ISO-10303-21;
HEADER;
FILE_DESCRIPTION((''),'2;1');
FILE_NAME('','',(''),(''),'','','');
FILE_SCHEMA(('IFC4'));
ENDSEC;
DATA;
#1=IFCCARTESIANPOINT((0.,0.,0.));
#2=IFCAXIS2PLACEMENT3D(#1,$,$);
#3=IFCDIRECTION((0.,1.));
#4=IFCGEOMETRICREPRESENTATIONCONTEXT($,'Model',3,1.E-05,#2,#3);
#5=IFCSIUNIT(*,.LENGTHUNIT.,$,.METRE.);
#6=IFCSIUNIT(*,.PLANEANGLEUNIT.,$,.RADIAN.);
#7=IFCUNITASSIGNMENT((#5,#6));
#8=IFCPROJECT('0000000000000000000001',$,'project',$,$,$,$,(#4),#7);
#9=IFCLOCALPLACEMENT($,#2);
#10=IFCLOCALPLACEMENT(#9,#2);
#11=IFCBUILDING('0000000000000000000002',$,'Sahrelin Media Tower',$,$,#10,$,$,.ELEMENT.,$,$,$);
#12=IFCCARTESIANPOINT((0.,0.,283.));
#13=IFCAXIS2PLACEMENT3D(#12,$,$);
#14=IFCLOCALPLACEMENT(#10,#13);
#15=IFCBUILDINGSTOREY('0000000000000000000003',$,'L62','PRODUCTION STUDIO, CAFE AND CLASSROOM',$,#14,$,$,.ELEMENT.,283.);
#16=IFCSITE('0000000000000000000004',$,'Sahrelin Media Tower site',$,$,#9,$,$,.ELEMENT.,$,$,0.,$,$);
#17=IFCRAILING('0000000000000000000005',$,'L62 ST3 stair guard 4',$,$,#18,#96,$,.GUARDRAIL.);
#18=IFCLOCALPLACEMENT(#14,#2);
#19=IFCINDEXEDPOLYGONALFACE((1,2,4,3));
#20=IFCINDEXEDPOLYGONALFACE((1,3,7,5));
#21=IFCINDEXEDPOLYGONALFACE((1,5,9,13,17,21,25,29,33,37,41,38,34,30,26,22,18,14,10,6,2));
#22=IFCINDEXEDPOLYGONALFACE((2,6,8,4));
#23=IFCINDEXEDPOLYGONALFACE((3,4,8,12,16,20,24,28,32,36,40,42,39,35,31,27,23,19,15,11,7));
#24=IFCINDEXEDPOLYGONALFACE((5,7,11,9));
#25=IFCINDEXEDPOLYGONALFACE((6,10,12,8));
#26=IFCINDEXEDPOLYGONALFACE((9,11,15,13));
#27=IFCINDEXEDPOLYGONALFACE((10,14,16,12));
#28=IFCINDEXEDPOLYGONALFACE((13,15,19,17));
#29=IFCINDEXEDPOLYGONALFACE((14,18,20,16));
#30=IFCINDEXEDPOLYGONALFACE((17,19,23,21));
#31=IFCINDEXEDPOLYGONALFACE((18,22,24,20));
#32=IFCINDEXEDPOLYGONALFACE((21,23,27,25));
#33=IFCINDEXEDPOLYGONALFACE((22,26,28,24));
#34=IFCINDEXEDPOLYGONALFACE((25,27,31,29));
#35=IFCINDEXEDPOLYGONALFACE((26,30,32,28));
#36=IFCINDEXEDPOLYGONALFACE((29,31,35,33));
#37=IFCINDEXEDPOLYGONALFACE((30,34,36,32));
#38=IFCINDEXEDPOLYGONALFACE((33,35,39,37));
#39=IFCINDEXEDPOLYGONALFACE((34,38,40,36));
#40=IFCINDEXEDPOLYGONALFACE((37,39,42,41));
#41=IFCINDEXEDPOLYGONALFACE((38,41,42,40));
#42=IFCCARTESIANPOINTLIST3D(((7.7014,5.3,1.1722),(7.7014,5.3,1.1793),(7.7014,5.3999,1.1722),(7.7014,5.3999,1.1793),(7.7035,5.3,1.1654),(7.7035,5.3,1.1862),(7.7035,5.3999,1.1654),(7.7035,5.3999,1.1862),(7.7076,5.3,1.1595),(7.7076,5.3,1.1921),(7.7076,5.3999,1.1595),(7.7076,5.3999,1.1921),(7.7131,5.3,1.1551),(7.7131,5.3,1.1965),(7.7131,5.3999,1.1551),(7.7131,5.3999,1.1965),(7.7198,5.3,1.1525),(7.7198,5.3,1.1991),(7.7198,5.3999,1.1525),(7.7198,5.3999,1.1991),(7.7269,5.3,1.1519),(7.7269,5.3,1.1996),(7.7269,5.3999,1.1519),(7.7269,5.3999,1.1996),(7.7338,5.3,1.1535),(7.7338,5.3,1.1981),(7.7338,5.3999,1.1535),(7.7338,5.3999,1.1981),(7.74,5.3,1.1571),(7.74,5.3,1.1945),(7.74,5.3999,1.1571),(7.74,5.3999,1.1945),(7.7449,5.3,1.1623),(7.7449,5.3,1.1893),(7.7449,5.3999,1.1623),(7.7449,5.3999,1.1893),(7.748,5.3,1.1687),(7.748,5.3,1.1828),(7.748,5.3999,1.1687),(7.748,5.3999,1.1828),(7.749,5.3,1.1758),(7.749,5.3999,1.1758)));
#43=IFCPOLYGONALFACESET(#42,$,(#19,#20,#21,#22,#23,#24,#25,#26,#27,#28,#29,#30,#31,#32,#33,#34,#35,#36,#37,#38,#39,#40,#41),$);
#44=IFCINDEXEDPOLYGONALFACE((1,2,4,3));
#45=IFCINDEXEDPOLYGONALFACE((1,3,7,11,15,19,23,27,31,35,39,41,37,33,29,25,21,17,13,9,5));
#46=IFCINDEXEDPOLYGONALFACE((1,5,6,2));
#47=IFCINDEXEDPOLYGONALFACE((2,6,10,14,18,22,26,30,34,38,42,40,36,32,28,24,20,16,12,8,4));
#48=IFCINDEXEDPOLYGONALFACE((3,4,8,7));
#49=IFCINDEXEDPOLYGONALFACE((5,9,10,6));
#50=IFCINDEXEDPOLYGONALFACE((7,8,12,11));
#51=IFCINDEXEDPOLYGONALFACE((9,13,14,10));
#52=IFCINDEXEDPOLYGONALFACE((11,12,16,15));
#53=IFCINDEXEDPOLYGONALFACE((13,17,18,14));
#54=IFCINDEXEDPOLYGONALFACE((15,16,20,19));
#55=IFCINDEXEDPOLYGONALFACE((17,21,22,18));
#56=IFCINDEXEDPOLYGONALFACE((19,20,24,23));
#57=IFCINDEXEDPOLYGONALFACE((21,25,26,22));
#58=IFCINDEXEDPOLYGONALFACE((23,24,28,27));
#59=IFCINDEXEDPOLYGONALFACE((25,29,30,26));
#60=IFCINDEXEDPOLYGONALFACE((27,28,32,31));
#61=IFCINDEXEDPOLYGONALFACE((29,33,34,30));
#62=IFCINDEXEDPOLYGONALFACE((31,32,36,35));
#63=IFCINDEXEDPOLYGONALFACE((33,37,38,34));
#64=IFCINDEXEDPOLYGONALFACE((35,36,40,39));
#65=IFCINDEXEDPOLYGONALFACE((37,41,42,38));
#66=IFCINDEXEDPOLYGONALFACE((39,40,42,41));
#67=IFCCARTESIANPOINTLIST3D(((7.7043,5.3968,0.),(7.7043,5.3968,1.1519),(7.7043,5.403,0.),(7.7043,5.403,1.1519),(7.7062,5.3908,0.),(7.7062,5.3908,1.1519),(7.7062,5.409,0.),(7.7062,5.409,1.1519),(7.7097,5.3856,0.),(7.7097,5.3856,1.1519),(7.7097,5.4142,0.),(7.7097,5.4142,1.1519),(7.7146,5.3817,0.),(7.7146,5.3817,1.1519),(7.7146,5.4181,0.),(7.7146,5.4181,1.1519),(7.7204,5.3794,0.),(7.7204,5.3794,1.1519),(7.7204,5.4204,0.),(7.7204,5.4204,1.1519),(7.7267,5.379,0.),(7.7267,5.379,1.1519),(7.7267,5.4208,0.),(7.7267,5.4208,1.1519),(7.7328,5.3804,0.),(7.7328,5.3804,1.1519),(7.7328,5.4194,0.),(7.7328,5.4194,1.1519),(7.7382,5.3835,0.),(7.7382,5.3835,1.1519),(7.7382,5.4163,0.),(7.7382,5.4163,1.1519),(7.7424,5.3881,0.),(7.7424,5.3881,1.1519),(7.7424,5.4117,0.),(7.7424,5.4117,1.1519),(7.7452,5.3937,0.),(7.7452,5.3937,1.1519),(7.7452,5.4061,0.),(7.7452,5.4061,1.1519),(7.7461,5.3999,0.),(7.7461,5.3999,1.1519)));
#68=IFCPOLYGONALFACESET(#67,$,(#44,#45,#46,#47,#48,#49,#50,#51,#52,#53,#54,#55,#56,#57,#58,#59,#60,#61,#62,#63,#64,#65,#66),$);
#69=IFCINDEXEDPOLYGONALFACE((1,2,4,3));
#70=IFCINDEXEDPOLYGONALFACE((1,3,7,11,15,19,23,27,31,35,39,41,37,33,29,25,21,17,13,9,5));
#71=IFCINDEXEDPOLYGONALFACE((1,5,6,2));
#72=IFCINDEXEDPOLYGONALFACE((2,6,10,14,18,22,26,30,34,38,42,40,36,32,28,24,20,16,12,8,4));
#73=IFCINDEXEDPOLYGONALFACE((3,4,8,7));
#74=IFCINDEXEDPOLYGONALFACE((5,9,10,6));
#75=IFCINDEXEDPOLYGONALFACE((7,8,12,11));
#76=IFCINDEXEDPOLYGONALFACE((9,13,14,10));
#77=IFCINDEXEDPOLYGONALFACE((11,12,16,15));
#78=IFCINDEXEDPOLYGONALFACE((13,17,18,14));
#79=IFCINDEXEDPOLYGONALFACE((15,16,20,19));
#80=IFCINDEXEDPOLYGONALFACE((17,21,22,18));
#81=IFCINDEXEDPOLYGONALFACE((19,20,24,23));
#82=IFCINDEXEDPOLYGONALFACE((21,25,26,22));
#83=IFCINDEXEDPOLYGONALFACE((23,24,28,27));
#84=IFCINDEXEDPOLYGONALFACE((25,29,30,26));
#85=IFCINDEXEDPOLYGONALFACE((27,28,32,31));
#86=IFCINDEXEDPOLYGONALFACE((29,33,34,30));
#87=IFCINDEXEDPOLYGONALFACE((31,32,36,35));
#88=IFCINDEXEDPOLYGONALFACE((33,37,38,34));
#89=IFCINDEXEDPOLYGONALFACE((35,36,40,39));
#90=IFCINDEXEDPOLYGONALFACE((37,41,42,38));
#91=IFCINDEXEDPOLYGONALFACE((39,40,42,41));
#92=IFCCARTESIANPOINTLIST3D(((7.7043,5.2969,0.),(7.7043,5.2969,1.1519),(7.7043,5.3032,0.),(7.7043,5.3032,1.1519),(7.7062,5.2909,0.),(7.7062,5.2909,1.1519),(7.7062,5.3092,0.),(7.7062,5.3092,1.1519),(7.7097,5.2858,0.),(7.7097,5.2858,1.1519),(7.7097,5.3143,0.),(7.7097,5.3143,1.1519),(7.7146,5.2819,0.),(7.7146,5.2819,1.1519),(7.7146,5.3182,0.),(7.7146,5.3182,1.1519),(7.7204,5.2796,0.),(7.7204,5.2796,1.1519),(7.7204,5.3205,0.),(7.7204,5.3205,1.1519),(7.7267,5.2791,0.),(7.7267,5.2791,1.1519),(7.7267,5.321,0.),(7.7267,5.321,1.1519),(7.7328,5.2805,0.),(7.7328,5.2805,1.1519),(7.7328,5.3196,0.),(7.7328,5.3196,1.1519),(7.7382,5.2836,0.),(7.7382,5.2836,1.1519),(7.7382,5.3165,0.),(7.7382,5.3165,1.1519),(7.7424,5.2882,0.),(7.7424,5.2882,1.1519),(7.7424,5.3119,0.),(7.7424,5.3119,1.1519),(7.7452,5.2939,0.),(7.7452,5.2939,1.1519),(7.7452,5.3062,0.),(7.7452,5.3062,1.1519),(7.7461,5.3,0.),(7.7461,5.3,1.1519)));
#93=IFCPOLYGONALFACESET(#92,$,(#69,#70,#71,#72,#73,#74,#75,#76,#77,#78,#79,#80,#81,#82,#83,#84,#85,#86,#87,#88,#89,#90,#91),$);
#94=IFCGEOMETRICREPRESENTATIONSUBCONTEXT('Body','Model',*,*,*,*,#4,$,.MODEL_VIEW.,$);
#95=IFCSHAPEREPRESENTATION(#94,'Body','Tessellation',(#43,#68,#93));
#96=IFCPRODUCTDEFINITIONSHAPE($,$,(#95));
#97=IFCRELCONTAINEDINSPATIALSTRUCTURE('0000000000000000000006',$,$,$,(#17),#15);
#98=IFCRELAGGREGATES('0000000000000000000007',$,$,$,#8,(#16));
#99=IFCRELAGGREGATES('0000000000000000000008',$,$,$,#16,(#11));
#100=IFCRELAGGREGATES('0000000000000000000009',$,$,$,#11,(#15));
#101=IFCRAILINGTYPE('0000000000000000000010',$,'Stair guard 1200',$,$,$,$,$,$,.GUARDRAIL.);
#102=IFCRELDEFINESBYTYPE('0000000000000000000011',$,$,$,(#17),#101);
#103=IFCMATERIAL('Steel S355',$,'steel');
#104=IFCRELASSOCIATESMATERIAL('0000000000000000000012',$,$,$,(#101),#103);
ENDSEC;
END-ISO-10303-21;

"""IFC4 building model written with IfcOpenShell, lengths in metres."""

from ifc_helpers import new_model, si_unit, direction, frame, origin, origin_2d, place, context, subcontext, project, spatial, circle, extrude, material, type_object, element, save


model = new_model("IFC4")

# Units and contexts
model_context = context("Model", 3, precision=1e-05, world=origin(), true_north=direction((0.0, 1.0)))
body_context = subcontext(model_context, "Body", "Model", "MODEL_VIEW")
ifc_project = project(units=[si_unit("LENGTHUNIT", "METRE"), si_unit("PLANEANGLEUNIT", "RADIAN")], contexts=[model_context])

# Site, building, storey
site_placement = place(None, origin())
site = spatial("IfcSite", under=ifc_project, at=site_placement, Name="Sahrelin Media Tower site", CompositionType="ELEMENT", RefElevation=0.0)
building_placement = place(site_placement, origin())
building = spatial("IfcBuilding", under=site, at=building_placement, Name="Sahrelin Media Tower", CompositionType="ELEMENT")
storey_placement = place(building_placement, frame((0.0, 0.0, 283.0)))
storey = spatial("IfcBuildingStorey", under=building, at=storey_placement, Name="L62", Description="PRODUCTION STUDIO, CAFE AND CLASSROOM", CompositionType="ELEMENT", Elevation=283.0)

# Shared definitions
ifc_material_1 = material(Name="Steel S355", Category="steel")

# Railing
railing_type_1 = type_object("IfcRailingType", Name="Stair guard 1200", PredefinedType="GUARDRAIL", material=ifc_material_1)
railing_1_placement = place(storey_placement, frame((7.7251, 5.3999, 0.0)))
element("IfcRailing", 1, at=railing_1_placement, inside=storey, type_object=railing_type_1, Name="L62 ST3 stair guard 4", PredefinedType="GUARDRAIL", context=body_context, shape_type="SweptSolid", body=[
    extrude(circle(Radius=0.0239, at=origin_2d()), frame((0.0, 0.0, 1.1758), z_axis=(0.0, -1.0, 0.0), x_axis=(1.0, 0.0, 0.0)), (0.0, 0.0, 1.0), 0.0999),
    extrude(circle(Radius=0.021, at=origin_2d()), origin(), (0.0, 0.0, 1.0), 1.1519),
    extrude(circle(Radius=0.021, at=origin_2d()), frame((0.0, -0.0999, 0.0)), (0.0, 0.0, 1.0), 1.1519),
])

save(model, "model.ifc")
